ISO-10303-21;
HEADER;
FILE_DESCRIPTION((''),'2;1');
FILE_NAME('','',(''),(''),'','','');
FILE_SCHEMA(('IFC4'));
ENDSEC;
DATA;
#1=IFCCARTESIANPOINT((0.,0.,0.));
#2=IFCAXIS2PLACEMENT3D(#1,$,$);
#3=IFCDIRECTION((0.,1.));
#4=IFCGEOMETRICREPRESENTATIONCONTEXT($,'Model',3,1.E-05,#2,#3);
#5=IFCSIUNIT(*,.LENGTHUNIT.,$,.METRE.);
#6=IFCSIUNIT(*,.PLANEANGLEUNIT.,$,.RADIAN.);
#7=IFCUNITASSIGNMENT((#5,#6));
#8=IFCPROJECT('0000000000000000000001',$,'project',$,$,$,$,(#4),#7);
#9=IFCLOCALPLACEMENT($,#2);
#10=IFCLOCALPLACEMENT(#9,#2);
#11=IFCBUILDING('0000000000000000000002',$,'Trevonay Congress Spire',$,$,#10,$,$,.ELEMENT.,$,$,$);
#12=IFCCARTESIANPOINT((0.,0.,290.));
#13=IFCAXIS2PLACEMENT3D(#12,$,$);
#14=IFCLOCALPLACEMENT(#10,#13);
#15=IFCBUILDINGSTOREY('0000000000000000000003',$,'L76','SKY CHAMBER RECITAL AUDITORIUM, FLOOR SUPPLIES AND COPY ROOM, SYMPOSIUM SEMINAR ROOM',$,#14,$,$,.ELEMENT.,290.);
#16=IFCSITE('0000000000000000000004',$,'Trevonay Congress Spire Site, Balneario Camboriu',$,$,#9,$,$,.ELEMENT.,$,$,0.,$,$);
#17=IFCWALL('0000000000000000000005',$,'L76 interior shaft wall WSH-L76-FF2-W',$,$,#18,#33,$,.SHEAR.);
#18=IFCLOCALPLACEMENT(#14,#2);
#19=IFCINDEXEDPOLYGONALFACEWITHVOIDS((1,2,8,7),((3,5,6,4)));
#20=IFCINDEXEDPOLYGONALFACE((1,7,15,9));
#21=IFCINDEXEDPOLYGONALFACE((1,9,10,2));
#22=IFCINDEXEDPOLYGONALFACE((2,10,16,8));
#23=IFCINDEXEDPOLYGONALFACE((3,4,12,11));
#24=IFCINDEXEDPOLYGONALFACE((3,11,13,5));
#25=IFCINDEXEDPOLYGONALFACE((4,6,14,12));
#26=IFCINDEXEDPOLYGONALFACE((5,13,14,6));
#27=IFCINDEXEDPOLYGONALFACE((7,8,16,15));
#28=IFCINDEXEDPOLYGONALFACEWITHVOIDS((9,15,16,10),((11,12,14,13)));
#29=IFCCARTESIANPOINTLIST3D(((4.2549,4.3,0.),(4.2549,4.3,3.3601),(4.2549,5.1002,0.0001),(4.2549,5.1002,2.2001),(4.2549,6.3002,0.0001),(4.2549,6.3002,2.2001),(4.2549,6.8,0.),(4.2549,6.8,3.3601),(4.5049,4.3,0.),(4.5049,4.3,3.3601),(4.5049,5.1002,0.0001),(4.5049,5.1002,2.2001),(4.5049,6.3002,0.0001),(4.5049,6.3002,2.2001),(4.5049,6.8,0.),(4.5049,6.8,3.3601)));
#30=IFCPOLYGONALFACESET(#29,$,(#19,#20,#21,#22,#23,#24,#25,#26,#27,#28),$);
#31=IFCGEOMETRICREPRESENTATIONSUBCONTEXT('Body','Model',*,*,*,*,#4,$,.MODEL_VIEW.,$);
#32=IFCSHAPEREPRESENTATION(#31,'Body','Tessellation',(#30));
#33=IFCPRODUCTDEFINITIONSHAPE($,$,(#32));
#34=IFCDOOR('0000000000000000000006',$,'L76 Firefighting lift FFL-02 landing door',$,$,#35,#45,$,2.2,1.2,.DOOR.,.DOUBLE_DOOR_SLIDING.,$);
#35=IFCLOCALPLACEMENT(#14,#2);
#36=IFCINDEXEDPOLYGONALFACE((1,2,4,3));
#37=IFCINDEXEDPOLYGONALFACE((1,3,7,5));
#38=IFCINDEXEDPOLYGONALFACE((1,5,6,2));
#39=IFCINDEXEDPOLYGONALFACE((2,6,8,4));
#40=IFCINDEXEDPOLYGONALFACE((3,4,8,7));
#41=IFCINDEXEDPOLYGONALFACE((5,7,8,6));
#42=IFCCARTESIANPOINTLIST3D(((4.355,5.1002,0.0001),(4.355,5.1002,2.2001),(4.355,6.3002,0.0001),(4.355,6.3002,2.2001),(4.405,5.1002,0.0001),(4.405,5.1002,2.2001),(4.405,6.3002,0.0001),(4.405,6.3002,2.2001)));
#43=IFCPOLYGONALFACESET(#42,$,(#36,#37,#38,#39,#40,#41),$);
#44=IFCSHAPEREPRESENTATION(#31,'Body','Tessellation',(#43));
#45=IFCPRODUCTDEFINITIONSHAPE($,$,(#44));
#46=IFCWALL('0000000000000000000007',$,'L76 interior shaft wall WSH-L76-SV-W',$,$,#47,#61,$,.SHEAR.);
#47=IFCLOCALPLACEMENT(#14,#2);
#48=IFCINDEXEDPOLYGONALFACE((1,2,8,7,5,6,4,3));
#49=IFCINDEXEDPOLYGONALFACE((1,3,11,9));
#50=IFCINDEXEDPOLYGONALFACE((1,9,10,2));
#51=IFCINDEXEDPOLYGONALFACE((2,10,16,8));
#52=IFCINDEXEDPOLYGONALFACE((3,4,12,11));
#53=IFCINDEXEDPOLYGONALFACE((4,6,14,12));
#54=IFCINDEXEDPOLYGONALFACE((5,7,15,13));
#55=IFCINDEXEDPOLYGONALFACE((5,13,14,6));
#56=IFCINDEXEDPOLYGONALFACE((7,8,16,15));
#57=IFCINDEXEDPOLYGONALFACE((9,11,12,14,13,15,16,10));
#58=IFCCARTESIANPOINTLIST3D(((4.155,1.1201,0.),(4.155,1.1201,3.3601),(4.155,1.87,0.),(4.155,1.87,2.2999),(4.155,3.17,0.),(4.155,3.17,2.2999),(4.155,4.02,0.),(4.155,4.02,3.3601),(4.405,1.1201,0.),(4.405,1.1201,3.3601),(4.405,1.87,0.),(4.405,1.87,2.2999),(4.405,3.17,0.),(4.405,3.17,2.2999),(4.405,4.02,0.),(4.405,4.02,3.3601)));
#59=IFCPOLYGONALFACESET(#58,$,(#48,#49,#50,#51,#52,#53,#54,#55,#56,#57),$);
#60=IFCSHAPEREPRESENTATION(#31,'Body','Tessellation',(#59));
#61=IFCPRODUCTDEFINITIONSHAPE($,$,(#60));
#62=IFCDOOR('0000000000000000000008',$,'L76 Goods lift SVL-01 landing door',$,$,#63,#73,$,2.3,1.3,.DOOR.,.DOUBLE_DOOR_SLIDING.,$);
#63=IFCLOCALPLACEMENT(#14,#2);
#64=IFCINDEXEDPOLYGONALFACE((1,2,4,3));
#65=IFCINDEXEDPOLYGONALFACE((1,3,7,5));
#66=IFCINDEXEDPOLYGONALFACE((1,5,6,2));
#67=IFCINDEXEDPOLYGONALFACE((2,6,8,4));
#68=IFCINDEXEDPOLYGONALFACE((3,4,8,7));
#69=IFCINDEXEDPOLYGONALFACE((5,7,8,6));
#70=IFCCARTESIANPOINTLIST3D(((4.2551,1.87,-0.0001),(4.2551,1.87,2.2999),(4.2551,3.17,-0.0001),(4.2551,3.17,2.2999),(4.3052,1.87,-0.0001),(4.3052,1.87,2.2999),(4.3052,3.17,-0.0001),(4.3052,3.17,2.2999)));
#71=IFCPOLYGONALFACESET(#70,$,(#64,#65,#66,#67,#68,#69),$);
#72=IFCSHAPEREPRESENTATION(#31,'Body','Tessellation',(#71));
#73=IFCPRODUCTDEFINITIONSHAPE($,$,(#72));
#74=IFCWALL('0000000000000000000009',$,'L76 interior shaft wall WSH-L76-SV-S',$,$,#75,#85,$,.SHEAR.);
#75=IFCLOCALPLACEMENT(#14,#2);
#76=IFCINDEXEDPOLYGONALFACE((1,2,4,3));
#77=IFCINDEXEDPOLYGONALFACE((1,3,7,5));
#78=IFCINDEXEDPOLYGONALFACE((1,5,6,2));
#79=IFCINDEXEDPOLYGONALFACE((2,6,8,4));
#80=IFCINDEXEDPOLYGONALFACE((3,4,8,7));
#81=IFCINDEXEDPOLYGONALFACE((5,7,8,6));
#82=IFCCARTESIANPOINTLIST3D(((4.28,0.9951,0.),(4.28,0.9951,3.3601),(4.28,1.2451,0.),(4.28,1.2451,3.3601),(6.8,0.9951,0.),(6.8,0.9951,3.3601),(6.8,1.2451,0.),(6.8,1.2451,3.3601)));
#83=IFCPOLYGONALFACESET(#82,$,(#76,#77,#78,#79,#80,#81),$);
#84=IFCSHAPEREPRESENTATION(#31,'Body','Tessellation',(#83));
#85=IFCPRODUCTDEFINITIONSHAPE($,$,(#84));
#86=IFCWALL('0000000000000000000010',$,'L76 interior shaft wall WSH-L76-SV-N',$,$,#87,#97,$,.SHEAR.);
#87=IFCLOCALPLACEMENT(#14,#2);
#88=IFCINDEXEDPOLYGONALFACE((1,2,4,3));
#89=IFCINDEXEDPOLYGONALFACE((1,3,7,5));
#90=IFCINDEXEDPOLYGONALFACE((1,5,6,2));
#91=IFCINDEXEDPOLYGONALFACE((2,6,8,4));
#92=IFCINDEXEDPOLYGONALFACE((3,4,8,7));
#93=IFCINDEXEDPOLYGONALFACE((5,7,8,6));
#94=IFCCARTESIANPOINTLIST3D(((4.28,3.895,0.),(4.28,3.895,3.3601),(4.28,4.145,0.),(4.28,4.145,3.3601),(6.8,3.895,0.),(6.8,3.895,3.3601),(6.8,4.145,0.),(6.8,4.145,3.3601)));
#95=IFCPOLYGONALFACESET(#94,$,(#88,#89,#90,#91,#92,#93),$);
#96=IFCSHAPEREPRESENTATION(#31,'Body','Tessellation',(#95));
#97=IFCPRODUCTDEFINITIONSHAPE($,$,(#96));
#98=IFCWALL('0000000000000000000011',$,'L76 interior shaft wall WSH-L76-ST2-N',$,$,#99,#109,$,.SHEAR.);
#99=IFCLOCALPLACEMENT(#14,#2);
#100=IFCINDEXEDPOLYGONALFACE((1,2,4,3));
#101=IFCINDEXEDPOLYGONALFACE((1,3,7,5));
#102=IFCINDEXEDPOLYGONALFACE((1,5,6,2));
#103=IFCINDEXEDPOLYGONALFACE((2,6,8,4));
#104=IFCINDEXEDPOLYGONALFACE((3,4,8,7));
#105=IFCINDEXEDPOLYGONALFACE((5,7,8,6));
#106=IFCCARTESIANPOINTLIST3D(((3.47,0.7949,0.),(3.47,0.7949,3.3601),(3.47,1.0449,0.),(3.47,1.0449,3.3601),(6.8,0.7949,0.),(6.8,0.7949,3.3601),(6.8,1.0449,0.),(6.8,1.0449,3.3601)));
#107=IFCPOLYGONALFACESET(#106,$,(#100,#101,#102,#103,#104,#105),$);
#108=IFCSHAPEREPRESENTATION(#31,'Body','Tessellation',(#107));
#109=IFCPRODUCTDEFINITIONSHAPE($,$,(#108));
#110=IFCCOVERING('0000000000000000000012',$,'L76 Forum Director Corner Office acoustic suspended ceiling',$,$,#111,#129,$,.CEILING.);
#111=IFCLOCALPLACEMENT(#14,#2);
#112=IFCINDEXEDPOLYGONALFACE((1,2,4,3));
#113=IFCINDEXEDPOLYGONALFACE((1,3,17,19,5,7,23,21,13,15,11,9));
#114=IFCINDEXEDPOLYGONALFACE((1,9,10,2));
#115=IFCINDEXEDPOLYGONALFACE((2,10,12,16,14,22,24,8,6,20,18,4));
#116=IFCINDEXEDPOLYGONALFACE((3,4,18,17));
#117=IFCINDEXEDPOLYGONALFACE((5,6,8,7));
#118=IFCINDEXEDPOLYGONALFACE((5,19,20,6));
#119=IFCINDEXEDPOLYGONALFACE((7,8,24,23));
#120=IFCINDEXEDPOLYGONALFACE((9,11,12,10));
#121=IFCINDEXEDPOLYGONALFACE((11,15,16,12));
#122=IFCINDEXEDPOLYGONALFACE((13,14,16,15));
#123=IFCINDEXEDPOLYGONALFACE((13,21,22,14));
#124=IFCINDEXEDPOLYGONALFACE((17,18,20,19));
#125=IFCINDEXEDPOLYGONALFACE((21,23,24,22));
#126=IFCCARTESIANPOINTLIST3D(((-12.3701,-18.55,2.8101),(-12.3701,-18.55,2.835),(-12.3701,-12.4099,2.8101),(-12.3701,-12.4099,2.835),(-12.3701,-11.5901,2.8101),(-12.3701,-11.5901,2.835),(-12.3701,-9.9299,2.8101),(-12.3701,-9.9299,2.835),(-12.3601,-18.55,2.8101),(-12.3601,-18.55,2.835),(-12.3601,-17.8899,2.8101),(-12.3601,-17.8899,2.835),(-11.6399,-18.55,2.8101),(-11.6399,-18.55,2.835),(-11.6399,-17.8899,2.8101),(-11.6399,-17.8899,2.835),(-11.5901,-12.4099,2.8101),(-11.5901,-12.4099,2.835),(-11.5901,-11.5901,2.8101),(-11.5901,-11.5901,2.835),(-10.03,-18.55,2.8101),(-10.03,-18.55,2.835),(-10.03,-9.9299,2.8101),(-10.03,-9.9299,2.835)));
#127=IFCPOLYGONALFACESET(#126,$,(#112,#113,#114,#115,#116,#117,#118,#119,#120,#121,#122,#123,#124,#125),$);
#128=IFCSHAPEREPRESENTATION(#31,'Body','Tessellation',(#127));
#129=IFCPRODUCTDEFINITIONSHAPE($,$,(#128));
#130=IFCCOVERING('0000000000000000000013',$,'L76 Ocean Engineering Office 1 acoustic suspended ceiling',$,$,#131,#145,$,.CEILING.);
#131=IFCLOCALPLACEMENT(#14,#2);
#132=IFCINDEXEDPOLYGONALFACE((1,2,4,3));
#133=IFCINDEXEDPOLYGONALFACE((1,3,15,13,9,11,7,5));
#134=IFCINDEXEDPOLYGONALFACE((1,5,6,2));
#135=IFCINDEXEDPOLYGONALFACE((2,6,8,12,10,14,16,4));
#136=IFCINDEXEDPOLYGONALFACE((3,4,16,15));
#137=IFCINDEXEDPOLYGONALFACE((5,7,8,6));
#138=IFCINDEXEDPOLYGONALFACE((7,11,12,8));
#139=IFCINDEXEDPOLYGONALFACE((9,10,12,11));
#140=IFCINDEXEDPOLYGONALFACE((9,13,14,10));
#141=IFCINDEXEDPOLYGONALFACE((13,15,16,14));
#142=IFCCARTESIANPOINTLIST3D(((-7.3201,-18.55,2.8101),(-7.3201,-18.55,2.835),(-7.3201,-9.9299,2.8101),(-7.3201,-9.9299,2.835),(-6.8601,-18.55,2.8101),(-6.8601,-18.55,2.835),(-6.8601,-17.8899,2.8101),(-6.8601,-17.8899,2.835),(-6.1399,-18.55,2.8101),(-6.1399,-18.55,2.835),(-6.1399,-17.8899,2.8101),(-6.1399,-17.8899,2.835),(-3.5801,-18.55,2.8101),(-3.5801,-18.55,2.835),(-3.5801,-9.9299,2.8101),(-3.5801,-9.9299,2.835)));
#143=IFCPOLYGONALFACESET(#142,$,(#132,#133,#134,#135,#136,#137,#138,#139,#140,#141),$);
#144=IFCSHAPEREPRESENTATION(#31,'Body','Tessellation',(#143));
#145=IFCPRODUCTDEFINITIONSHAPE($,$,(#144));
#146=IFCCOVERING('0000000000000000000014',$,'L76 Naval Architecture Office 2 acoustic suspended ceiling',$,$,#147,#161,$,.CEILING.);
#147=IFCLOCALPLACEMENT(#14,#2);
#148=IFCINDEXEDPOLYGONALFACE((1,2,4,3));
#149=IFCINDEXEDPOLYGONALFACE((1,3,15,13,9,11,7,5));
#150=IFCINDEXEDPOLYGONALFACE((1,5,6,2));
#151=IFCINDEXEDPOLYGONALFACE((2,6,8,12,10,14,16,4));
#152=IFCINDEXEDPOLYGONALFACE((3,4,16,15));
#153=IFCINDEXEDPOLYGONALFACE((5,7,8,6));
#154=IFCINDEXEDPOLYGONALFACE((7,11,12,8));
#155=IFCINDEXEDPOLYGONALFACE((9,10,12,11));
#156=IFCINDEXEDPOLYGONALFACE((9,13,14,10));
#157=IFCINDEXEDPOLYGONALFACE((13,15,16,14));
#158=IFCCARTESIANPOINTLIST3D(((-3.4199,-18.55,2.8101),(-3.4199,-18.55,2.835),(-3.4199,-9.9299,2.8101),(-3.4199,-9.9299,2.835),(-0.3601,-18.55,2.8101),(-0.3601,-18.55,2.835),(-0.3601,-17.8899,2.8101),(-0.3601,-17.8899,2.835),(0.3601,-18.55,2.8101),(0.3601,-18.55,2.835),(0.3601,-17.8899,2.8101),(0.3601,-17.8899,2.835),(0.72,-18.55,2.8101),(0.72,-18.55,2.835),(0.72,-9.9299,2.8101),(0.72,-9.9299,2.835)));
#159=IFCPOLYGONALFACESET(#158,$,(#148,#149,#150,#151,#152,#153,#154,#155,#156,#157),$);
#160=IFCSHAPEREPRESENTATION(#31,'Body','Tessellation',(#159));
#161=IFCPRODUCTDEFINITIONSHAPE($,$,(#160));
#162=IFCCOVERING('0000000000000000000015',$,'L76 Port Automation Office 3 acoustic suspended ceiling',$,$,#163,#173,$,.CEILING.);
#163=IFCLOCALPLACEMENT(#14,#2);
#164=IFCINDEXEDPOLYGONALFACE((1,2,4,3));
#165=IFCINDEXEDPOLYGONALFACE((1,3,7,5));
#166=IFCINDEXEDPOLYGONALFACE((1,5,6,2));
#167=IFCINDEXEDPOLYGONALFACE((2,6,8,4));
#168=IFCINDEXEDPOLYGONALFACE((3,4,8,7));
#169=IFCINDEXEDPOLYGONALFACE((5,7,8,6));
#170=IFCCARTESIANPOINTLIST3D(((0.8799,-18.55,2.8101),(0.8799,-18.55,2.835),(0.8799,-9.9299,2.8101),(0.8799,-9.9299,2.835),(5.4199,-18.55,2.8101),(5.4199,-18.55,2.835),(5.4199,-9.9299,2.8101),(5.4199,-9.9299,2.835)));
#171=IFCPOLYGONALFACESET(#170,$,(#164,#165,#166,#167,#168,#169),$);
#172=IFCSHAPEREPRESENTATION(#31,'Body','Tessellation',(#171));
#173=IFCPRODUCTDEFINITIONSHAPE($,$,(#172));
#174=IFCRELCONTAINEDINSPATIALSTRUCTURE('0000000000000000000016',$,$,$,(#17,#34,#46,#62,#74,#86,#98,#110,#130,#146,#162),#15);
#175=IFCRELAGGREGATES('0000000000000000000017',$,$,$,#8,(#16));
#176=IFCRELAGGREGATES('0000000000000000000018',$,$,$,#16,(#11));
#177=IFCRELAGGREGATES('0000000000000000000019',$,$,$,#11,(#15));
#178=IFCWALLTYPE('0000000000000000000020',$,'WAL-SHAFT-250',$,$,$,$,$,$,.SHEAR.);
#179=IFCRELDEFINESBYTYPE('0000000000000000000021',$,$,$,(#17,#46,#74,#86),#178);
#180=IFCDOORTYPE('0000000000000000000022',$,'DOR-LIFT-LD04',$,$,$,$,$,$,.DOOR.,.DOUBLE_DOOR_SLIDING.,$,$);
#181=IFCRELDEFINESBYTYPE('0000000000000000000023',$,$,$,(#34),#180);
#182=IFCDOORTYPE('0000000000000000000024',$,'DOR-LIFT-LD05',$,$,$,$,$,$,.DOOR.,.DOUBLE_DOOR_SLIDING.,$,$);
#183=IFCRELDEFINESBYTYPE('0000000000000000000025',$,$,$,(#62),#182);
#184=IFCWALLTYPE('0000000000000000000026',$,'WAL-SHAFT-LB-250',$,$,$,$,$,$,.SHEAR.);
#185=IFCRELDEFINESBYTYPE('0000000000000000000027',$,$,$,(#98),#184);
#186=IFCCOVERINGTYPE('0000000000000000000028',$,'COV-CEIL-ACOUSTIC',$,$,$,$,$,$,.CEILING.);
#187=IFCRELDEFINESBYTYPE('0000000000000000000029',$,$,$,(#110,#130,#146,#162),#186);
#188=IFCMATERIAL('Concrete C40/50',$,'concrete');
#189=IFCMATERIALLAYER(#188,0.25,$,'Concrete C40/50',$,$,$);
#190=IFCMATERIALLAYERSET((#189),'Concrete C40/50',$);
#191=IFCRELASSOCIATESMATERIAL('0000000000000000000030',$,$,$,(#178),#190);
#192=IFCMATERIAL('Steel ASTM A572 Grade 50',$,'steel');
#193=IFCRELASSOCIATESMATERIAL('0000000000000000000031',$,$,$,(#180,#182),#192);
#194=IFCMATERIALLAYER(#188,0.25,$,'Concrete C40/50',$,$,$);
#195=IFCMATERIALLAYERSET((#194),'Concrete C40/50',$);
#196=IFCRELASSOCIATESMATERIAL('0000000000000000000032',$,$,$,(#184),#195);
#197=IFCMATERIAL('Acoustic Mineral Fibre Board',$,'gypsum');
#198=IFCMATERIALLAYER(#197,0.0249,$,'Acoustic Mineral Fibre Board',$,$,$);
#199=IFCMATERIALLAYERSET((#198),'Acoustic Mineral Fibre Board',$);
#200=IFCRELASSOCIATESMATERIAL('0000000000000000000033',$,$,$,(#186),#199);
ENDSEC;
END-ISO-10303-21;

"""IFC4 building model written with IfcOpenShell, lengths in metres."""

from ifc_helpers import new_model, si_unit, direction, frame, frame_2d, origin, place, context, subcontext, project, spatial, polyline, rectangle, outline, extrude, material, layer, layer_set, type_object, element, fill, save


model = new_model("IFC4")

# Units and contexts
model_context = context("Model", 3, precision=1e-05, world=origin(), true_north=direction((0.0, 1.0)))
body_context = subcontext(model_context, "Body", "Model", "MODEL_VIEW")
ifc_project = project(units=[si_unit("LENGTHUNIT", "METRE"), si_unit("PLANEANGLEUNIT", "RADIAN")], contexts=[model_context])

# Site, building, storey
site_placement = place(None, origin())
site = spatial("IfcSite", under=ifc_project, at=site_placement, Name="Trevonay Congress Spire Site, Balneario Camboriu", CompositionType="ELEMENT", RefElevation=0.0)
building_placement = place(site_placement, origin())
building = spatial("IfcBuilding", under=site, at=building_placement, Name="Trevonay Congress Spire", CompositionType="ELEMENT")
storey_placement = place(building_placement, frame((0.0, 0.0, 290.0)))
storey = spatial("IfcBuildingStorey", under=building, at=storey_placement, Name="L76", Description="SKY CHAMBER RECITAL AUDITORIUM, FLOOR SUPPLIES AND COPY ROOM, SYMPOSIUM SEMINAR ROOM", CompositionType="ELEMENT", Elevation=290.0)

# Shared definitions
ifc_material_1 = material(Name="Steel ASTM A572 Grade 50", Category="steel")

# Shared definitions
ifc_material_2 = material(Name="Concrete C40/50", Category="concrete")
ifc_layer_1 = layer(ifc_material_2, 0.25, Name="Concrete C40/50")
ifc_layer_set_1 = layer_set([ifc_layer_1], Name="Concrete C40/50")
wall_type_1 = type_object("IfcWallType", Name="WAL-SHAFT-250", PredefinedType="SHEAR", material=ifc_layer_set_1)

# Walls, openings, doors
wall_1_placement = place(storey_placement, frame((4.3799, 4.3, 0.0), z_axis=(0.0, 0.0, 1.0), x_axis=(0.0, 1.0, 0.0)))
wall_1 = element("IfcWall", 1, at=wall_1_placement, inside=storey, type_object=wall_type_1, Name="L76 interior shaft wall WSH-L76-FF2-W", PredefinedType="SHEAR", context=body_context, shape_type="SweptSolid", body=[
    extrude(rectangle(XDim=2.5, YDim=0.25, at=frame_2d((1.25, 0.0))), origin(), (0.0, 0.0, 1.0), 3.3601),
])
opening_1_placement = place(wall_1_placement, frame((0.8, 0.0, 0.0)))
opening_1 = element("IfcOpeningElement", 2, at=opening_1_placement, cuts=wall_1, PredefinedType="OPENING", context=body_context, shape_type="SweptSolid", body=[
    extrude(rectangle(XDim=1.2, YDim=2.2, at=frame_2d((0.6001, 1.1001))), frame((0.0, 0.135, 0.0), z_axis=(0.0, -1.0, 0.0), x_axis=(1.0, 0.0, 0.0)), (0.0, 0.0, 1.0), 0.27),
])
door_type_1 = type_object("IfcDoorType", Name="DOR-LIFT-LD04", OperationType="DOUBLE_DOOR_SLIDING", PredefinedType="DOOR", material=ifc_material_1)
door_1_placement = place(opening_1_placement, origin())
door_1 = element("IfcDoor", 3, at=door_1_placement, inside=storey, type_object=door_type_1, Name="L76 Firefighting lift FFL-02 landing door", OperationType="DOUBLE_DOOR_SLIDING", OverallHeight=2.2, OverallWidth=1.2, PredefinedType="DOOR", context=body_context, shape_type="SweptSolid", body=[
    extrude(rectangle(XDim=1.2, YDim=2.2, at=frame_2d((0.6001, 1.1001))), frame((0.0, 0.0249, 0.0), z_axis=(0.0, -1.0, 0.0), x_axis=(1.0, 0.0, 0.0)), (0.0, 0.0, 1.0), 0.05),
])
fill(opening_1, door_1)
wall_2_placement = place(storey_placement, frame((4.28, 1.1201, 0.0), z_axis=(0.0, 0.0, 1.0), x_axis=(0.0, 1.0, 0.0)))
wall_2 = element("IfcWall", 4, at=wall_2_placement, inside=storey, type_object=wall_type_1, Name="L76 interior shaft wall WSH-L76-SV-W", PredefinedType="SHEAR", context=body_context, shape_type="SweptSolid", body=[
    extrude(rectangle(XDim=2.8999, YDim=0.25, at=frame_2d((1.45, 0.0))), origin(), (0.0, 0.0, 1.0), 3.3601),
])
opening_2_placement = place(wall_2_placement, frame((0.75, 0.0, 0.0)))
opening_2 = element("IfcOpeningElement", 5, at=opening_2_placement, cuts=wall_2, PredefinedType="OPENING", context=body_context, shape_type="SweptSolid", body=[
    extrude(rectangle(XDim=1.3, YDim=2.3, at=frame_2d((0.6499, 1.1499))), frame((0.0, 0.135, 0.0), z_axis=(0.0, -1.0, 0.0), x_axis=(1.0, 0.0, 0.0)), (0.0, 0.0, 1.0), 0.27),
])
door_type_2 = type_object("IfcDoorType", Name="DOR-LIFT-LD05", OperationType="DOUBLE_DOOR_SLIDING", PredefinedType="DOOR", material=ifc_material_1)
door_2_placement = place(opening_2_placement, origin())
door_2 = element("IfcDoor", 6, at=door_2_placement, inside=storey, type_object=door_type_2, Name="L76 Goods lift SVL-01 landing door", OperationType="DOUBLE_DOOR_SLIDING", OverallHeight=2.3, OverallWidth=1.3, PredefinedType="DOOR", context=body_context, shape_type="SweptSolid", body=[
    extrude(rectangle(XDim=1.3, YDim=2.3, at=frame_2d((0.6499, 1.1499))), frame((0.0, 0.0249, 0.0), z_axis=(0.0, -1.0, 0.0), x_axis=(1.0, 0.0, 0.0)), (0.0, 0.0, 1.0), 0.05),
])
fill(opening_2, door_2)

# Walls
for number, where, z_axis, x_axis, name in (
    (7, (4.28, 1.1201, 0.0), (0.0, 0.0, 1.0), (1.0, 0.0, 0.0), "L76 interior shaft wall WSH-L76-SV-S"),
    (8, (4.28, 4.02, 0.0), (0.0, 0.0, 1.0), (1.0, 0.0, 0.0), "L76 interior shaft wall WSH-L76-SV-N"),
):
    element("IfcWall", number, at=place(storey_placement, frame(where, z_axis=z_axis, x_axis=x_axis)), inside=storey, type_object=wall_type_1, Name=name, PredefinedType="SHEAR", context=body_context, shape_type="SweptSolid", body=[
        extrude(rectangle(XDim=2.52, YDim=0.25, at=frame_2d((1.26, 0.0))), origin(), (0.0, 0.0, 1.0), 3.3601),
    ])
ifc_layer_2 = layer(ifc_material_2, 0.25, Name="Concrete C40/50")
ifc_layer_set_2 = layer_set([ifc_layer_2], Name="Concrete C40/50")
wall_type_2 = type_object("IfcWallType", Name="WAL-SHAFT-LB-250", PredefinedType="SHEAR", material=ifc_layer_set_2)
wall_3_placement = place(storey_placement, frame((3.47, 0.9199, 0.0), z_axis=(0.0, 0.0, 1.0), x_axis=(1.0, 0.0, 0.0)))
element("IfcWall", 9, at=wall_3_placement, inside=storey, type_object=wall_type_2, Name="L76 interior shaft wall WSH-L76-ST2-N", PredefinedType="SHEAR", context=body_context, shape_type="SweptSolid", body=[
    extrude(rectangle(XDim=3.3301, YDim=0.25, at=frame_2d((1.665, 0.0))), origin(), (0.0, 0.0, 1.0), 3.3601),
])

# Coverings
ifc_material_3 = material(Name="Acoustic Mineral Fibre Board", Category="gypsum")
ifc_layer_3 = layer(ifc_material_3, 0.0249, Name="Acoustic Mineral Fibre Board")
ifc_layer_set_3 = layer_set([ifc_layer_3], Name="Acoustic Mineral Fibre Board")
covering_type_1 = type_object("IfcCoveringType", Name="COV-CEIL-ACOUSTIC", PredefinedType="CEILING", material=ifc_layer_set_3)
covering_1_placement = place(storey_placement, frame((0.0, 0.0, 2.8101)))
element("IfcCovering", 10, at=covering_1_placement, inside=storey, type_object=covering_type_1, Name="L76 Forum Director Corner Office acoustic suspended ceiling", PredefinedType="CEILING", context=body_context, shape_type="SweptSolid", body=[
    extrude(outline(polyline([(-12.3701, -18.55), (-12.3701, -12.4099), (-11.5901, -12.4099), (-11.5901, -11.5901), (-12.3701, -11.5901), (-12.3701, -9.9299), (-10.03, -9.9299), (-10.03, -18.55), (-11.6399, -18.55), (-11.6399, -17.8899), (-12.3601, -17.8899), (-12.3601, -18.55), (-12.3701, -18.55)])), origin(), (0.0, 0.0, 1.0), 0.0249),
])
covering_2_placement = place(storey_placement, frame((0.0, 0.0, 2.8101)))
element("IfcCovering", 11, at=covering_2_placement, inside=storey, type_object=covering_type_1, Name="L76 Ocean Engineering Office 1 acoustic suspended ceiling", PredefinedType="CEILING", context=body_context, shape_type="SweptSolid", body=[
    extrude(outline(polyline([(-7.3201, -18.55), (-7.3201, -9.9299), (-3.5801, -9.9299), (-3.5801, -18.55), (-6.1399, -18.55), (-6.1399, -17.8899), (-6.8601, -17.8899), (-6.8601, -18.55), (-7.3201, -18.55)])), origin(), (0.0, 0.0, 1.0), 0.0249),
])
covering_3_placement = place(storey_placement, frame((0.0, 0.0, 2.8101)))
element("IfcCovering", 12, at=covering_3_placement, inside=storey, type_object=covering_type_1, Name="L76 Naval Architecture Office 2 acoustic suspended ceiling", PredefinedType="CEILING", context=body_context, shape_type="SweptSolid", body=[
    extrude(outline(polyline([(-3.4199, -18.55), (-3.4199, -9.9299), (0.72, -9.9299), (0.72, -18.55), (0.3601, -18.55), (0.3601, -17.8899), (-0.3601, -17.8899), (-0.3601, -18.55), (-3.4199, -18.55)])), origin(), (0.0, 0.0, 1.0), 0.0249),
])
covering_4_placement = place(storey_placement, frame((0.0, 0.0, 2.8101)))
element("IfcCovering", 13, at=covering_4_placement, inside=storey, type_object=covering_type_1, Name="L76 Port Automation Office 3 acoustic suspended ceiling", PredefinedType="CEILING", context=body_context, shape_type="SweptSolid", body=[
    extrude(outline(polyline([(0.8799, -18.55), (5.4199, -18.55), (5.4199, -9.9299), (0.8799, -9.9299), (0.8799, -18.55)])), origin(), (0.0, 0.0, 1.0), 0.0249),
])

save(model, "model.ifc")
